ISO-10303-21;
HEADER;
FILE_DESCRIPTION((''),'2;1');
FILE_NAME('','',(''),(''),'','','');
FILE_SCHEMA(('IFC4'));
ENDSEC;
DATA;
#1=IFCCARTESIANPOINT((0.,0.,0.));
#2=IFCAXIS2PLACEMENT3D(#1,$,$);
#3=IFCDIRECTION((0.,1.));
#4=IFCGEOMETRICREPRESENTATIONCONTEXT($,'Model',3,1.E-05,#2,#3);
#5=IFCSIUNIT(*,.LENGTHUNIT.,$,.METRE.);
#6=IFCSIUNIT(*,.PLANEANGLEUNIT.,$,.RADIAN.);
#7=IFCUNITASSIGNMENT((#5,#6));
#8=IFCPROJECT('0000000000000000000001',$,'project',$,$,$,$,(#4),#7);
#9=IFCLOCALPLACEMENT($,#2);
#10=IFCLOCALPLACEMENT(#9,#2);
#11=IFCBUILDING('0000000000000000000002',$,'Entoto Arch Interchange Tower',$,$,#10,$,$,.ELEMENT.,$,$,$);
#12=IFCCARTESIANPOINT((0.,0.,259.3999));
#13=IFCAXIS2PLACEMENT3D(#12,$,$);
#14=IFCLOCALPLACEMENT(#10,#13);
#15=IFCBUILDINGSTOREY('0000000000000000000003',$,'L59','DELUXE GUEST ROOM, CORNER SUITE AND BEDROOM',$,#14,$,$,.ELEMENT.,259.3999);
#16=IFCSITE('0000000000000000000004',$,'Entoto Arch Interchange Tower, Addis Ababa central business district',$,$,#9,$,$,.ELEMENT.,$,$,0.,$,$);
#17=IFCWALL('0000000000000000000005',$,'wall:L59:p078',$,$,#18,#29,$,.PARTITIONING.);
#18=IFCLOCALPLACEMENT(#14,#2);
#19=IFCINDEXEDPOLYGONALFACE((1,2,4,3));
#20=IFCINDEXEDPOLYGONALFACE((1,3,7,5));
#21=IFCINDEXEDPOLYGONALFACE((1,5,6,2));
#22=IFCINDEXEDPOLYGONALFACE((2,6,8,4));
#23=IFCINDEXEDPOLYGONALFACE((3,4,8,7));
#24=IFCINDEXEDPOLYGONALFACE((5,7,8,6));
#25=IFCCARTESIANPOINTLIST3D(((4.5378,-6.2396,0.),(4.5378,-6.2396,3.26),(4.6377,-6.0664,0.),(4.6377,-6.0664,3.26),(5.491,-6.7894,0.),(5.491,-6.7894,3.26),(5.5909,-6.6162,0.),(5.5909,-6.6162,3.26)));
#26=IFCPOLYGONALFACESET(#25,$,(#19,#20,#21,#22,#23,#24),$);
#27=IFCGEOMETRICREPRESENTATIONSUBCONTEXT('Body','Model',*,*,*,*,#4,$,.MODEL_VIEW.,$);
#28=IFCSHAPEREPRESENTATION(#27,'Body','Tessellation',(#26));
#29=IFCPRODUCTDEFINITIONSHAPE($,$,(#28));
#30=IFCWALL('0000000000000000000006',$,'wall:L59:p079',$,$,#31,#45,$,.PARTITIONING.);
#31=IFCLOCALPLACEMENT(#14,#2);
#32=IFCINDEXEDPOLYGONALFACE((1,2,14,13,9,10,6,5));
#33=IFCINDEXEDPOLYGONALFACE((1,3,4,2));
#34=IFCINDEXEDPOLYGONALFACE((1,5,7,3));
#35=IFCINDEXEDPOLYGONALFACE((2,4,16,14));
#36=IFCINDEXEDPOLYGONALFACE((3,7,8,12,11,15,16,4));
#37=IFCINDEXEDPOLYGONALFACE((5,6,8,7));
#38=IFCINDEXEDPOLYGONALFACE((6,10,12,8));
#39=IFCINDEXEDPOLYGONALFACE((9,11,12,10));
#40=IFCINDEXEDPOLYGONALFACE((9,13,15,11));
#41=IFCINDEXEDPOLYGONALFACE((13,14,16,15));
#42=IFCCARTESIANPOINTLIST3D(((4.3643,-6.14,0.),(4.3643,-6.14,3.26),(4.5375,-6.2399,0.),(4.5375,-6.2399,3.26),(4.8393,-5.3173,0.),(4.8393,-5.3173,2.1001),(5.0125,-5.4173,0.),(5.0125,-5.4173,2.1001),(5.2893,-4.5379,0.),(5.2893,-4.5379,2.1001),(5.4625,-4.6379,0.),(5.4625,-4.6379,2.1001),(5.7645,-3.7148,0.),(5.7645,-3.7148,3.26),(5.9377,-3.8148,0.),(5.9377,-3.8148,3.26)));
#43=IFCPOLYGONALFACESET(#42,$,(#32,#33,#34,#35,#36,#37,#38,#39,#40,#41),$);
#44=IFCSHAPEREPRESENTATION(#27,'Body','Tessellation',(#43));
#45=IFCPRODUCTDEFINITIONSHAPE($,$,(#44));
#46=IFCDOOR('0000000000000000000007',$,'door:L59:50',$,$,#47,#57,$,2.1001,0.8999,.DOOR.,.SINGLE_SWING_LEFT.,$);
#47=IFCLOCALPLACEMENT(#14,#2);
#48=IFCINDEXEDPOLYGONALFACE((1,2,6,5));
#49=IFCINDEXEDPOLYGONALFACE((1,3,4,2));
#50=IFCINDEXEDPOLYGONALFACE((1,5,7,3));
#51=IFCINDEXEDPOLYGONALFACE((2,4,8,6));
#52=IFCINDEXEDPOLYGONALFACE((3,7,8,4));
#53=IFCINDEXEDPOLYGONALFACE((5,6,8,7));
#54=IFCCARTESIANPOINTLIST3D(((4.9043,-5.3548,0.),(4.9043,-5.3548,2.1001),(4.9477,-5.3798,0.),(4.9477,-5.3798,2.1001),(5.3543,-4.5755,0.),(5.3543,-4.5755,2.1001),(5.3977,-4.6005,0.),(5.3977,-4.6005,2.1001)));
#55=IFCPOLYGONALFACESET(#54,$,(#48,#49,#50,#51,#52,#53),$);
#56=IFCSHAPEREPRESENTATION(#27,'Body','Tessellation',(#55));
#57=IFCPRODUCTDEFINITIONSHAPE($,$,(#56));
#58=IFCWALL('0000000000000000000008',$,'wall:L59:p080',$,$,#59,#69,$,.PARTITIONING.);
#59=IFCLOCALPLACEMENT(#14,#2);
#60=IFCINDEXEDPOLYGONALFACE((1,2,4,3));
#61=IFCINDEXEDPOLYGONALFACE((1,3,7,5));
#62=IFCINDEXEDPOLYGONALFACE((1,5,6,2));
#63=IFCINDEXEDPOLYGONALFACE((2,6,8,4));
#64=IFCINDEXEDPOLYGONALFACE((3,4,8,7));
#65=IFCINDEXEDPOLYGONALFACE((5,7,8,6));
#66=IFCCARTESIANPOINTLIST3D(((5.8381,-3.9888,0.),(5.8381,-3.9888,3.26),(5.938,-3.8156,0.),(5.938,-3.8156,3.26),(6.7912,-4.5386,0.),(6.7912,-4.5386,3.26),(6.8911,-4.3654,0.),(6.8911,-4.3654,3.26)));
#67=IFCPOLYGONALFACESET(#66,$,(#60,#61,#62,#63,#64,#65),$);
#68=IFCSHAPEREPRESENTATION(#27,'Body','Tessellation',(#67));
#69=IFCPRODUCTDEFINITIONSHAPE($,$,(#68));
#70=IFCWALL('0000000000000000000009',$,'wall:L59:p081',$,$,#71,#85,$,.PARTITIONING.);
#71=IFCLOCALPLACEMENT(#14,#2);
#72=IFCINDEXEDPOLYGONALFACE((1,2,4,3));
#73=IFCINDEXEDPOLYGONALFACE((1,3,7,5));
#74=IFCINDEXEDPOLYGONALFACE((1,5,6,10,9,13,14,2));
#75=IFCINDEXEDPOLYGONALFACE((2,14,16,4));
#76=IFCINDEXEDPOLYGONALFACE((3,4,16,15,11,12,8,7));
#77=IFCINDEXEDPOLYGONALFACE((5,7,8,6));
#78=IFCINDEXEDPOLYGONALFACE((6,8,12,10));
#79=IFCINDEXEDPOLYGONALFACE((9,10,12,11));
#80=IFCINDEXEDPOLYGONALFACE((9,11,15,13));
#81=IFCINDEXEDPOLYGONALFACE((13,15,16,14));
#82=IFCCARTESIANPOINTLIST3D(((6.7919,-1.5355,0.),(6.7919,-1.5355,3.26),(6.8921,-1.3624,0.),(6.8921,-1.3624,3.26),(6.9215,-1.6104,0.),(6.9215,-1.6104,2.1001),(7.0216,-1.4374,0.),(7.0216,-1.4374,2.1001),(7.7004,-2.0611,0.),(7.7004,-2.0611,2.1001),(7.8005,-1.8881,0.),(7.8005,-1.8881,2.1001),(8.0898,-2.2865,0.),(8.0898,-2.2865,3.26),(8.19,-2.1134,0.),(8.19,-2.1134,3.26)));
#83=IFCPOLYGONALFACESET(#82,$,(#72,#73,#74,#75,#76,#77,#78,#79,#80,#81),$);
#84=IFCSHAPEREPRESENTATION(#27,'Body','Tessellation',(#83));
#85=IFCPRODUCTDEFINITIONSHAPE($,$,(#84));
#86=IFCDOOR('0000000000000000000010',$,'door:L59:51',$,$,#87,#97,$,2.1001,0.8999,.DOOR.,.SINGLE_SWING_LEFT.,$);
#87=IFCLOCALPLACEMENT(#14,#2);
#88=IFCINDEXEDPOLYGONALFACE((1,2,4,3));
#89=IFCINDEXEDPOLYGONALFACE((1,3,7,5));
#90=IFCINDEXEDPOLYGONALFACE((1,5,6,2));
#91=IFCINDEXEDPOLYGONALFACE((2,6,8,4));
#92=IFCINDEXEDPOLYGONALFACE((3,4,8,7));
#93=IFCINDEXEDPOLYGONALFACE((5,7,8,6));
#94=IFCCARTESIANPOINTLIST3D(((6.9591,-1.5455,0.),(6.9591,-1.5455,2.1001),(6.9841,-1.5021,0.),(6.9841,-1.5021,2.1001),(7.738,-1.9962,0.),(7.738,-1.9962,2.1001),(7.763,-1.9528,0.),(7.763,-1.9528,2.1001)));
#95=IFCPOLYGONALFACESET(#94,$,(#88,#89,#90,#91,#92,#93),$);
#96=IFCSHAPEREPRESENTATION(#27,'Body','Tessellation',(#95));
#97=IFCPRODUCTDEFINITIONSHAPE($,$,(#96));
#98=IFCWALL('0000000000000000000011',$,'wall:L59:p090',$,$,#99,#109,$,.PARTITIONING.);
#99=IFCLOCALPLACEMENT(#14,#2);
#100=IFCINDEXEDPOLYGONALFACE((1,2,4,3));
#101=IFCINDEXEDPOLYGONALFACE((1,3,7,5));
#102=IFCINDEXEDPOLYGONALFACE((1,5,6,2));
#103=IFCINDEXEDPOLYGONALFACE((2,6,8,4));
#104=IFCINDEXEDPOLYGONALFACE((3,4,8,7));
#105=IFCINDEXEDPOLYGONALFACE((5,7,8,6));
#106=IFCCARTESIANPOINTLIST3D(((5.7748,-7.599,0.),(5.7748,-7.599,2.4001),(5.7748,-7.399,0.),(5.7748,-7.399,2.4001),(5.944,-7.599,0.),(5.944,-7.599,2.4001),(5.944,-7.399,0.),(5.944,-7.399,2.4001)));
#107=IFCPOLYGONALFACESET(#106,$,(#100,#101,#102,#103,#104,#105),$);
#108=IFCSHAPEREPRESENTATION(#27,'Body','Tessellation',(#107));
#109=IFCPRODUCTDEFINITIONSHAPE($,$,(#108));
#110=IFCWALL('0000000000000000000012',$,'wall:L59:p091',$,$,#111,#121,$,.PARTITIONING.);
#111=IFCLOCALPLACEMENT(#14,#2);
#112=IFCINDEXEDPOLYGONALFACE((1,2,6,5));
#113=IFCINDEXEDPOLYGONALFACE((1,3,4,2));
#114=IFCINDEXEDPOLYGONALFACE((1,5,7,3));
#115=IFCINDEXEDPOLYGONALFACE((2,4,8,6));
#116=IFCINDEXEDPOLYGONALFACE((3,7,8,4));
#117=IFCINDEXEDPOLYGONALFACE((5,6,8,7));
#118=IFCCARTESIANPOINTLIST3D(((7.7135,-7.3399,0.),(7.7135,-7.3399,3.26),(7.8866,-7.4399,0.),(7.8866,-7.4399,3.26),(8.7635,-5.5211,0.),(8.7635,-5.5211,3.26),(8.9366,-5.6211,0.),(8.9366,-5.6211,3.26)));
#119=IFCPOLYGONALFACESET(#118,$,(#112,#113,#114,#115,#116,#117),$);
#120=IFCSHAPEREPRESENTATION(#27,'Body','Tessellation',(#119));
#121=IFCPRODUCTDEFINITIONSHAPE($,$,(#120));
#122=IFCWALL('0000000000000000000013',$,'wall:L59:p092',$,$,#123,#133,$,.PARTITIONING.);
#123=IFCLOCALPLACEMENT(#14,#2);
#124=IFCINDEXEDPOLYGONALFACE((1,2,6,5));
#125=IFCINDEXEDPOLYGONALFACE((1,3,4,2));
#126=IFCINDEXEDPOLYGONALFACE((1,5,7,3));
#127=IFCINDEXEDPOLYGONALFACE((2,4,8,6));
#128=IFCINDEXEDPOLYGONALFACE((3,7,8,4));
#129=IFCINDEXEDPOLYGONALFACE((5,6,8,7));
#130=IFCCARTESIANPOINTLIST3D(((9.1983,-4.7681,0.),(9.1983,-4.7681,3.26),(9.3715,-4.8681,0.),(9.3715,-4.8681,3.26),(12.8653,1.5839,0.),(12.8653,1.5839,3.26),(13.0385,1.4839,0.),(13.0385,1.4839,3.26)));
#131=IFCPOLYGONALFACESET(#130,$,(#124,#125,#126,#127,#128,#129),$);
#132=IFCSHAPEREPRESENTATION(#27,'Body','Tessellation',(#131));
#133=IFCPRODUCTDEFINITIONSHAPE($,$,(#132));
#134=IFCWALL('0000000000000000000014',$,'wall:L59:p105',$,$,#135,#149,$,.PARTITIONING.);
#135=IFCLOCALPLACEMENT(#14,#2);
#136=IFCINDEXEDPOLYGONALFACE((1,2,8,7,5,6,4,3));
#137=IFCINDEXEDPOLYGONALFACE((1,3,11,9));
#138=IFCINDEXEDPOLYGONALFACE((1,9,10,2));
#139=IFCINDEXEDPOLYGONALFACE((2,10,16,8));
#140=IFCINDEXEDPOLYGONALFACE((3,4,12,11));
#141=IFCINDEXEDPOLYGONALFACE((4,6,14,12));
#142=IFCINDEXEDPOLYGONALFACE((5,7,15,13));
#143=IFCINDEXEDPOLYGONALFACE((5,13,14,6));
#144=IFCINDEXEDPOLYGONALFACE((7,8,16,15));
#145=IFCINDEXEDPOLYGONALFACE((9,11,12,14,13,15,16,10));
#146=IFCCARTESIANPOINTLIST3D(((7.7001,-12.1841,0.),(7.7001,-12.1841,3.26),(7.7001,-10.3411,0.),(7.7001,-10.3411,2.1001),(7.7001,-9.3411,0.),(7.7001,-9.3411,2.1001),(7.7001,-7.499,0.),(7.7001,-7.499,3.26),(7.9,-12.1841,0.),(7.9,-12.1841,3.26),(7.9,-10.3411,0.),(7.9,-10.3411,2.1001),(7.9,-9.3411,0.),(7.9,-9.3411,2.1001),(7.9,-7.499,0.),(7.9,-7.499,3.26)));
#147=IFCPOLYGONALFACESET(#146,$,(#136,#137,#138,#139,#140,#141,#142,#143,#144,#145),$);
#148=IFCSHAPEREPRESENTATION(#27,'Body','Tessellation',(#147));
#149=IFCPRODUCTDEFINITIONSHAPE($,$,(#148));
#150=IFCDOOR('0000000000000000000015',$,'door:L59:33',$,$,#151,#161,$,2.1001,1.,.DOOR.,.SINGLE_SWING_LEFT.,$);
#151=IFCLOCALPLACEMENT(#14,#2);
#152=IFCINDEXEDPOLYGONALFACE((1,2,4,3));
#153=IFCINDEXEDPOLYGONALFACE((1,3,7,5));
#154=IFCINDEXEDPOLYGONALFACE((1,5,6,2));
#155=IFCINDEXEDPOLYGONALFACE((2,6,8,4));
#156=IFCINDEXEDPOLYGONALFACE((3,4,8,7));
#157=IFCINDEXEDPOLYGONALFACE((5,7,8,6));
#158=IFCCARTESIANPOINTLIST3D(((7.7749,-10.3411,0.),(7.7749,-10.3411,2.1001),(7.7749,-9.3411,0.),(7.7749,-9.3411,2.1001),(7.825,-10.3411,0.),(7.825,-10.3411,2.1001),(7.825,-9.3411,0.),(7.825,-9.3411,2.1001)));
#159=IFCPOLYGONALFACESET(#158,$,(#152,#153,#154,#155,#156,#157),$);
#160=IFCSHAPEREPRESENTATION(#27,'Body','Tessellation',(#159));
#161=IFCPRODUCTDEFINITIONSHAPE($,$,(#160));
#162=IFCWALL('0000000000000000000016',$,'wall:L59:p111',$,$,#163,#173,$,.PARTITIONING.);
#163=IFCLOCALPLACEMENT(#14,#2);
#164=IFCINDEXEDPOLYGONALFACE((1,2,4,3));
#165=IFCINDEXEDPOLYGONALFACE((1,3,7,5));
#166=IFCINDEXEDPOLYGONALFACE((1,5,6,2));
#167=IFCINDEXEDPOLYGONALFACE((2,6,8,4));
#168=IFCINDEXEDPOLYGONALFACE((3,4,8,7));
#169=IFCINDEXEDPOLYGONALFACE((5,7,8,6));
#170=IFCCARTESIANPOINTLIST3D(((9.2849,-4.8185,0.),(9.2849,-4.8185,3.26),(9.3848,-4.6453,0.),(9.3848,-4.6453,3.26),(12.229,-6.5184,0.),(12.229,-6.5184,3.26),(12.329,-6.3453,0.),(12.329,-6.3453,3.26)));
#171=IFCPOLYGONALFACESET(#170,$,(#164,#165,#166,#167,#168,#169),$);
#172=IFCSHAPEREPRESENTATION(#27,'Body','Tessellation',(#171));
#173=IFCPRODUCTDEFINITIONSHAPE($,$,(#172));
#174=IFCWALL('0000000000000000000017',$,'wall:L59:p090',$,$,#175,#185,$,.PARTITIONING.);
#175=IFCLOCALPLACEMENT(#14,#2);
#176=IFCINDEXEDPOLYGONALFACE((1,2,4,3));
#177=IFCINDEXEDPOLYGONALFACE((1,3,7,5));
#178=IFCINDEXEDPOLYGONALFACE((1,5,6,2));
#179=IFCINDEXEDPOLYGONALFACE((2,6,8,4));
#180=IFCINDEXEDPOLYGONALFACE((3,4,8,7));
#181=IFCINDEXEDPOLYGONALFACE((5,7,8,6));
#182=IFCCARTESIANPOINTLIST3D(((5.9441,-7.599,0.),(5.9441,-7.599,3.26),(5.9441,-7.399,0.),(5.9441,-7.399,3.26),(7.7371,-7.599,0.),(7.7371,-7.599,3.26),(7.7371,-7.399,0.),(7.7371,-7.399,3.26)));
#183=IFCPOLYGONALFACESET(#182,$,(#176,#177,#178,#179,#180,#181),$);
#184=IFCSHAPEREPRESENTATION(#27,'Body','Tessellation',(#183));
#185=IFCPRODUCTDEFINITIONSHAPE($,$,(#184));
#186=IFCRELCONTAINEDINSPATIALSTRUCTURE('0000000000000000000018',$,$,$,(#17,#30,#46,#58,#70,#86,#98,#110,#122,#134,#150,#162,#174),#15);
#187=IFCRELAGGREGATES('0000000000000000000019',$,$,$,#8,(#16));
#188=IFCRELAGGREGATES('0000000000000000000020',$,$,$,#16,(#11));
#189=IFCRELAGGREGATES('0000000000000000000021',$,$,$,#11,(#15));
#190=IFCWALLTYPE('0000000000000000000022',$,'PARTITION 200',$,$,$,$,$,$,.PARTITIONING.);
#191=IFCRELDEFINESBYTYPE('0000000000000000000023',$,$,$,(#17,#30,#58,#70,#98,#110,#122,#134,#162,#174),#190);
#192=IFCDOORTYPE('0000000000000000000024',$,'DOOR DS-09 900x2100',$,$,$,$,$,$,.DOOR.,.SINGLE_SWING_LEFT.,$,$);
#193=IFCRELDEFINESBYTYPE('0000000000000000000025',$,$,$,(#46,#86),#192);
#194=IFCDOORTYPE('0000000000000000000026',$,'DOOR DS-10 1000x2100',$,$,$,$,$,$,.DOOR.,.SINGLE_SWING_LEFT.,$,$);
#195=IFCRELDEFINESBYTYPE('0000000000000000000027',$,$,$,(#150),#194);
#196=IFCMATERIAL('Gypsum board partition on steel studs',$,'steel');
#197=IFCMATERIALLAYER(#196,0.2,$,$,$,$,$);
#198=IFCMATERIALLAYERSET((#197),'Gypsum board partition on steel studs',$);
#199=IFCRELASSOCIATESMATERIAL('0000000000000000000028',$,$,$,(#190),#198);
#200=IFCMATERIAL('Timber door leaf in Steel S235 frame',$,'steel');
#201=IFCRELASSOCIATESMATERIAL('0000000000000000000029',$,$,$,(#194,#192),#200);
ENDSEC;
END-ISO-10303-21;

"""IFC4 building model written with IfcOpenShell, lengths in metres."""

from ifc_helpers import new_model, si_unit, direction, frame, frame_2d, origin, place, context, subcontext, project, spatial, rectangle, extrude, material, layer, layer_set, type_object, element, fill, save


model = new_model("IFC4")

# Units and contexts
model_context = context("Model", 3, precision=1e-05, world=origin(), true_north=direction((0.0, 1.0)))
body_context = subcontext(model_context, "Body", "Model", "MODEL_VIEW")
ifc_project = project(units=[si_unit("LENGTHUNIT", "METRE"), si_unit("PLANEANGLEUNIT", "RADIAN")], contexts=[model_context])

# Site, building, storey
site_placement = place(None, origin())
site = spatial("IfcSite", under=ifc_project, at=site_placement, Name="Entoto Arch Interchange Tower, Addis Ababa central business district", CompositionType="ELEMENT", RefElevation=0.0)
building_placement = place(site_placement, origin())
building = spatial("IfcBuilding", under=site, at=building_placement, Name="Entoto Arch Interchange Tower", CompositionType="ELEMENT")
storey_placement = place(building_placement, frame((0.0, 0.0, 259.3999)))
storey = spatial("IfcBuildingStorey", under=building, at=storey_placement, Name="L59", Description="DELUXE GUEST ROOM, CORNER SUITE AND BEDROOM", CompositionType="ELEMENT", Elevation=259.3999)

# Shared definitions
ifc_material_1 = material(Name="Gypsum board partition on steel studs", Category="steel")
ifc_layer_1 = layer(ifc_material_1, 0.2)
ifc_layer_set_1 = layer_set([ifc_layer_1], Name="Gypsum board partition on steel studs")
wall_type_1 = type_object("IfcWallType", Name="PARTITION 200", PredefinedType="PARTITIONING", material=ifc_layer_set_1)
ifc_material_2 = material(Name="Timber door leaf in Steel S235 frame", Category="steel")
door_type_1 = type_object("IfcDoorType", Name="DOOR DS-10 1000x2100", OperationType="SINGLE_SWING_LEFT", PredefinedType="DOOR", material=ifc_material_2)

# Wall
wall_1_placement = place(storey_placement, frame((5.541, -6.7029, 0.0), z_axis=(0.0, 0.0, 1.0), x_axis=(-0.866215, 0.499671, 0.0)))
element("IfcWall", 1, at=wall_1_placement, inside=storey, type_object=wall_type_1, Name="wall:L59:p078", PredefinedType="PARTITIONING", context=body_context, shape_type="SweptSolid", body=[
    extrude(rectangle(XDim=1.1003, YDim=0.2, at=frame_2d((0.5503, 0.0))), origin(), (0.0, 0.0, 1.0), 3.26),
])

# Wall, opening, door
wall_2_placement = place(storey_placement, frame((4.4509, -6.1899, 0.0), z_axis=(0.0, 0.0, 1.0), x_axis=(0.500012, 0.866019, 0.0)))
wall_2 = element("IfcWall", 2, at=wall_2_placement, inside=storey, type_object=wall_type_1, Name="wall:L59:p079", PredefinedType="PARTITIONING", context=body_context, shape_type="SweptSolid", body=[
    extrude(rectangle(XDim=2.8003, YDim=0.2, at=frame_2d((1.4001, 0.0))), origin(), (0.0, 0.0, 1.0), 3.26),
])
opening_1_placement = place(wall_2_placement, frame((0.95, 0.0, 0.0)))
opening_1 = element("IfcOpeningElement", 3, at=opening_1_placement, cuts=wall_2, PredefinedType="OPENING", context=body_context, shape_type="SweptSolid", body=[
    extrude(rectangle(XDim=0.8999, YDim=2.1001, at=frame_2d((0.45, 1.05))), frame((0.0, 0.1099, 0.0), z_axis=(0.0, -1.0, 0.0), x_axis=(1.0, 0.0, 0.0)), (0.0, 0.0, 1.0), 0.22),
])
door_type_2 = type_object("IfcDoorType", Name="DOOR DS-09 900x2100", OperationType="SINGLE_SWING_LEFT", PredefinedType="DOOR", material=ifc_material_2)
door_1_placement = place(opening_1_placement, origin())
door_1 = element("IfcDoor", 4, at=door_1_placement, inside=storey, type_object=door_type_2, Name="door:L59:50", OperationType="SINGLE_SWING_LEFT", OverallHeight=2.1001, OverallWidth=0.8999, PredefinedType="DOOR", context=body_context, shape_type="SweptSolid", body=[
    extrude(rectangle(XDim=0.8999, YDim=2.1001, at=frame_2d((0.45, 1.05))), frame((0.0, 0.0249, 0.0), z_axis=(0.0, -1.0, 0.0), x_axis=(1.0, 0.0, 0.0)), (0.0, 0.0, 1.0), 0.05),
])
fill(opening_1, door_1)

# Wall
wall_3_placement = place(storey_placement, frame((5.8879, -3.9021, 0.0), z_axis=(0.0, 0.0, 1.0), x_axis=(0.866215, -0.499671, 0.0)))
element("IfcWall", 5, at=wall_3_placement, inside=storey, type_object=wall_type_1, Name="wall:L59:p080", PredefinedType="PARTITIONING", context=body_context, shape_type="SweptSolid", body=[
    extrude(rectangle(XDim=1.1003, YDim=0.2, at=frame_2d((0.5503, 0.0))), origin(), (0.0, 0.0, 1.0), 3.26),
])

# Wall, opening, door
wall_4_placement = place(storey_placement, frame((8.1399, -2.2, 0.0), z_axis=(0.0, 0.0, 1.0), x_axis=(-0.865545, 0.500831, 0.0)))
wall_4 = element("IfcWall", 6, at=wall_4_placement, inside=storey, type_object=wall_type_1, Name="wall:L59:p081", PredefinedType="PARTITIONING", context=body_context, shape_type="SweptSolid", body=[
    extrude(rectangle(XDim=1.4995, YDim=0.2, at=frame_2d((0.7498, 0.0))), origin(), (0.0, 0.0, 1.0), 3.26),
])
opening_2_placement = place(wall_4_placement, frame((0.45, 0.0, 0.0)))
opening_2 = element("IfcOpeningElement", 7, at=opening_2_placement, cuts=wall_4, PredefinedType="OPENING", context=body_context, shape_type="SweptSolid", body=[
    extrude(rectangle(XDim=0.8999, YDim=2.1001, at=frame_2d((0.45, 1.05))), frame((0.0, 0.1099, 0.0), z_axis=(0.0, -1.0, 0.0), x_axis=(1.0, 0.0, 0.0)), (0.0, 0.0, 1.0), 0.22),
])
door_2_placement = place(opening_2_placement, origin())
door_2 = element("IfcDoor", 8, at=door_2_placement, inside=storey, type_object=door_type_2, Name="door:L59:51", OperationType="SINGLE_SWING_LEFT", OverallHeight=2.1001, OverallWidth=0.8999, PredefinedType="DOOR", context=body_context, shape_type="SweptSolid", body=[
    extrude(rectangle(XDim=0.8999, YDim=2.1001, at=frame_2d((0.45, 1.05))), frame((0.0, 0.0249, 0.0), z_axis=(0.0, -1.0, 0.0), x_axis=(1.0, 0.0, 0.0)), (0.0, 0.0, 1.0), 0.05),
])
fill(opening_2, door_2)

# Walls
wall_5_placement = place(storey_placement, frame((5.7749, -7.499, 0.0), z_axis=(0.0, 0.0, 1.0), x_axis=(1.0, 0.0, 0.0)))
element("IfcWall", 9, at=wall_5_placement, inside=storey, type_object=wall_type_1, Name="wall:L59:p090", PredefinedType="PARTITIONING", context=body_context, shape_type="SweptSolid", body=[
    extrude(rectangle(XDim=0.1692, YDim=0.2, at=frame_2d((0.0845, 0.0))), origin(), (0.0, 0.0, 1.0), 2.4001),
])
wall_6_placement = place(storey_placement, frame((7.8, -7.3899, 0.0), z_axis=(0.0, 0.0, 1.0), x_axis=(0.499977, 0.866038, 0.0)))
element("IfcWall", 10, at=wall_6_placement, inside=storey, type_object=wall_type_1, Name="wall:L59:p091", PredefinedType="PARTITIONING", context=body_context, shape_type="SweptSolid", body=[
    extrude(rectangle(XDim=2.1001, YDim=0.2, at=frame_2d((1.05, 0.0))), origin(), (0.0, 0.0, 1.0), 3.26),
])
wall_7_placement = place(storey_placement, frame((9.2849, -4.8181, 0.0), z_axis=(0.0, 0.0, 1.0), x_axis=(0.499963, 0.866047, 0.0)))
element("IfcWall", 11, at=wall_7_placement, inside=storey, type_object=wall_type_1, Name="wall:L59:p092", PredefinedType="PARTITIONING", context=body_context, shape_type="SweptSolid", body=[
    extrude(rectangle(XDim=7.3345, YDim=0.2, at=frame_2d((3.6672, 0.0))), origin(), (0.0, 0.0, 1.0), 3.26),
])

# Wall, opening, door
wall_8_placement = place(storey_placement, frame((7.8, -7.499, 0.0), z_axis=(0.0, 0.0, 1.0), x_axis=(0.0, -1.0, 0.0)))
wall_8 = element("IfcWall", 12, at=wall_8_placement, inside=storey, type_object=wall_type_1, Name="wall:L59:p105", PredefinedType="PARTITIONING", context=body_context, shape_type="SweptSolid", body=[
    extrude(rectangle(XDim=4.6851, YDim=0.2, at=frame_2d((2.3425, 0.0))), origin(), (0.0, 0.0, 1.0), 3.26),
])
opening_3_placement = place(wall_8_placement, frame((1.842, 0.0, 0.0)))
opening_3 = element("IfcOpeningElement", 13, at=opening_3_placement, cuts=wall_8, PredefinedType="OPENING", context=body_context, shape_type="SweptSolid", body=[
    extrude(rectangle(XDim=1.0, YDim=2.1001, at=frame_2d((0.5, 1.05))), frame((0.0, 0.1099, 0.0), z_axis=(0.0, -1.0, 0.0), x_axis=(1.0, 0.0, 0.0)), (0.0, 0.0, 1.0), 0.22),
])
door_3_placement = place(opening_3_placement, origin())
door_3 = element("IfcDoor", 14, at=door_3_placement, inside=storey, type_object=door_type_1, Name="door:L59:33", OperationType="SINGLE_SWING_LEFT", OverallHeight=2.1001, OverallWidth=1.0, PredefinedType="DOOR", context=body_context, shape_type="SweptSolid", body=[
    extrude(rectangle(XDim=1.0, YDim=2.1001, at=frame_2d((0.5, 1.05))), frame((0.0, 0.0249, 0.0), z_axis=(0.0, -1.0, 0.0), x_axis=(1.0, 0.0, 0.0)), (0.0, 0.0, 1.0), 0.05),
])
fill(opening_3, door_3)

# Walls
wall_9_placement = place(storey_placement, frame((9.335, -4.7319, 0.0), z_axis=(0.0, 0.0, 1.0), x_axis=(0.866003, -0.500039, 0.0)))
element("IfcWall", 15, at=wall_9_placement, inside=storey, type_object=wall_type_1, Name="wall:L59:p111", PredefinedType="PARTITIONING", context=body_context, shape_type="SweptSolid", body=[
    extrude(rectangle(XDim=3.3997, YDim=0.2, at=frame_2d((1.6997, 0.0))), origin(), (0.0, 0.0, 1.0), 3.26),
])
wall_10_placement = place(storey_placement, frame((5.9441, -7.499, 0.0), z_axis=(0.0, 0.0, 1.0), x_axis=(1.0, 0.0, 0.0)))
element("IfcWall", 16, at=wall_10_placement, inside=storey, type_object=wall_type_1, Name="wall:L59:p090", PredefinedType="PARTITIONING", context=body_context, shape_type="SweptSolid", body=[
    extrude(rectangle(XDim=1.793, YDim=0.2, at=frame_2d((0.8965, 0.0))), origin(), (0.0, 0.0, 1.0), 3.26),
])

save(model, "model.ifc")
